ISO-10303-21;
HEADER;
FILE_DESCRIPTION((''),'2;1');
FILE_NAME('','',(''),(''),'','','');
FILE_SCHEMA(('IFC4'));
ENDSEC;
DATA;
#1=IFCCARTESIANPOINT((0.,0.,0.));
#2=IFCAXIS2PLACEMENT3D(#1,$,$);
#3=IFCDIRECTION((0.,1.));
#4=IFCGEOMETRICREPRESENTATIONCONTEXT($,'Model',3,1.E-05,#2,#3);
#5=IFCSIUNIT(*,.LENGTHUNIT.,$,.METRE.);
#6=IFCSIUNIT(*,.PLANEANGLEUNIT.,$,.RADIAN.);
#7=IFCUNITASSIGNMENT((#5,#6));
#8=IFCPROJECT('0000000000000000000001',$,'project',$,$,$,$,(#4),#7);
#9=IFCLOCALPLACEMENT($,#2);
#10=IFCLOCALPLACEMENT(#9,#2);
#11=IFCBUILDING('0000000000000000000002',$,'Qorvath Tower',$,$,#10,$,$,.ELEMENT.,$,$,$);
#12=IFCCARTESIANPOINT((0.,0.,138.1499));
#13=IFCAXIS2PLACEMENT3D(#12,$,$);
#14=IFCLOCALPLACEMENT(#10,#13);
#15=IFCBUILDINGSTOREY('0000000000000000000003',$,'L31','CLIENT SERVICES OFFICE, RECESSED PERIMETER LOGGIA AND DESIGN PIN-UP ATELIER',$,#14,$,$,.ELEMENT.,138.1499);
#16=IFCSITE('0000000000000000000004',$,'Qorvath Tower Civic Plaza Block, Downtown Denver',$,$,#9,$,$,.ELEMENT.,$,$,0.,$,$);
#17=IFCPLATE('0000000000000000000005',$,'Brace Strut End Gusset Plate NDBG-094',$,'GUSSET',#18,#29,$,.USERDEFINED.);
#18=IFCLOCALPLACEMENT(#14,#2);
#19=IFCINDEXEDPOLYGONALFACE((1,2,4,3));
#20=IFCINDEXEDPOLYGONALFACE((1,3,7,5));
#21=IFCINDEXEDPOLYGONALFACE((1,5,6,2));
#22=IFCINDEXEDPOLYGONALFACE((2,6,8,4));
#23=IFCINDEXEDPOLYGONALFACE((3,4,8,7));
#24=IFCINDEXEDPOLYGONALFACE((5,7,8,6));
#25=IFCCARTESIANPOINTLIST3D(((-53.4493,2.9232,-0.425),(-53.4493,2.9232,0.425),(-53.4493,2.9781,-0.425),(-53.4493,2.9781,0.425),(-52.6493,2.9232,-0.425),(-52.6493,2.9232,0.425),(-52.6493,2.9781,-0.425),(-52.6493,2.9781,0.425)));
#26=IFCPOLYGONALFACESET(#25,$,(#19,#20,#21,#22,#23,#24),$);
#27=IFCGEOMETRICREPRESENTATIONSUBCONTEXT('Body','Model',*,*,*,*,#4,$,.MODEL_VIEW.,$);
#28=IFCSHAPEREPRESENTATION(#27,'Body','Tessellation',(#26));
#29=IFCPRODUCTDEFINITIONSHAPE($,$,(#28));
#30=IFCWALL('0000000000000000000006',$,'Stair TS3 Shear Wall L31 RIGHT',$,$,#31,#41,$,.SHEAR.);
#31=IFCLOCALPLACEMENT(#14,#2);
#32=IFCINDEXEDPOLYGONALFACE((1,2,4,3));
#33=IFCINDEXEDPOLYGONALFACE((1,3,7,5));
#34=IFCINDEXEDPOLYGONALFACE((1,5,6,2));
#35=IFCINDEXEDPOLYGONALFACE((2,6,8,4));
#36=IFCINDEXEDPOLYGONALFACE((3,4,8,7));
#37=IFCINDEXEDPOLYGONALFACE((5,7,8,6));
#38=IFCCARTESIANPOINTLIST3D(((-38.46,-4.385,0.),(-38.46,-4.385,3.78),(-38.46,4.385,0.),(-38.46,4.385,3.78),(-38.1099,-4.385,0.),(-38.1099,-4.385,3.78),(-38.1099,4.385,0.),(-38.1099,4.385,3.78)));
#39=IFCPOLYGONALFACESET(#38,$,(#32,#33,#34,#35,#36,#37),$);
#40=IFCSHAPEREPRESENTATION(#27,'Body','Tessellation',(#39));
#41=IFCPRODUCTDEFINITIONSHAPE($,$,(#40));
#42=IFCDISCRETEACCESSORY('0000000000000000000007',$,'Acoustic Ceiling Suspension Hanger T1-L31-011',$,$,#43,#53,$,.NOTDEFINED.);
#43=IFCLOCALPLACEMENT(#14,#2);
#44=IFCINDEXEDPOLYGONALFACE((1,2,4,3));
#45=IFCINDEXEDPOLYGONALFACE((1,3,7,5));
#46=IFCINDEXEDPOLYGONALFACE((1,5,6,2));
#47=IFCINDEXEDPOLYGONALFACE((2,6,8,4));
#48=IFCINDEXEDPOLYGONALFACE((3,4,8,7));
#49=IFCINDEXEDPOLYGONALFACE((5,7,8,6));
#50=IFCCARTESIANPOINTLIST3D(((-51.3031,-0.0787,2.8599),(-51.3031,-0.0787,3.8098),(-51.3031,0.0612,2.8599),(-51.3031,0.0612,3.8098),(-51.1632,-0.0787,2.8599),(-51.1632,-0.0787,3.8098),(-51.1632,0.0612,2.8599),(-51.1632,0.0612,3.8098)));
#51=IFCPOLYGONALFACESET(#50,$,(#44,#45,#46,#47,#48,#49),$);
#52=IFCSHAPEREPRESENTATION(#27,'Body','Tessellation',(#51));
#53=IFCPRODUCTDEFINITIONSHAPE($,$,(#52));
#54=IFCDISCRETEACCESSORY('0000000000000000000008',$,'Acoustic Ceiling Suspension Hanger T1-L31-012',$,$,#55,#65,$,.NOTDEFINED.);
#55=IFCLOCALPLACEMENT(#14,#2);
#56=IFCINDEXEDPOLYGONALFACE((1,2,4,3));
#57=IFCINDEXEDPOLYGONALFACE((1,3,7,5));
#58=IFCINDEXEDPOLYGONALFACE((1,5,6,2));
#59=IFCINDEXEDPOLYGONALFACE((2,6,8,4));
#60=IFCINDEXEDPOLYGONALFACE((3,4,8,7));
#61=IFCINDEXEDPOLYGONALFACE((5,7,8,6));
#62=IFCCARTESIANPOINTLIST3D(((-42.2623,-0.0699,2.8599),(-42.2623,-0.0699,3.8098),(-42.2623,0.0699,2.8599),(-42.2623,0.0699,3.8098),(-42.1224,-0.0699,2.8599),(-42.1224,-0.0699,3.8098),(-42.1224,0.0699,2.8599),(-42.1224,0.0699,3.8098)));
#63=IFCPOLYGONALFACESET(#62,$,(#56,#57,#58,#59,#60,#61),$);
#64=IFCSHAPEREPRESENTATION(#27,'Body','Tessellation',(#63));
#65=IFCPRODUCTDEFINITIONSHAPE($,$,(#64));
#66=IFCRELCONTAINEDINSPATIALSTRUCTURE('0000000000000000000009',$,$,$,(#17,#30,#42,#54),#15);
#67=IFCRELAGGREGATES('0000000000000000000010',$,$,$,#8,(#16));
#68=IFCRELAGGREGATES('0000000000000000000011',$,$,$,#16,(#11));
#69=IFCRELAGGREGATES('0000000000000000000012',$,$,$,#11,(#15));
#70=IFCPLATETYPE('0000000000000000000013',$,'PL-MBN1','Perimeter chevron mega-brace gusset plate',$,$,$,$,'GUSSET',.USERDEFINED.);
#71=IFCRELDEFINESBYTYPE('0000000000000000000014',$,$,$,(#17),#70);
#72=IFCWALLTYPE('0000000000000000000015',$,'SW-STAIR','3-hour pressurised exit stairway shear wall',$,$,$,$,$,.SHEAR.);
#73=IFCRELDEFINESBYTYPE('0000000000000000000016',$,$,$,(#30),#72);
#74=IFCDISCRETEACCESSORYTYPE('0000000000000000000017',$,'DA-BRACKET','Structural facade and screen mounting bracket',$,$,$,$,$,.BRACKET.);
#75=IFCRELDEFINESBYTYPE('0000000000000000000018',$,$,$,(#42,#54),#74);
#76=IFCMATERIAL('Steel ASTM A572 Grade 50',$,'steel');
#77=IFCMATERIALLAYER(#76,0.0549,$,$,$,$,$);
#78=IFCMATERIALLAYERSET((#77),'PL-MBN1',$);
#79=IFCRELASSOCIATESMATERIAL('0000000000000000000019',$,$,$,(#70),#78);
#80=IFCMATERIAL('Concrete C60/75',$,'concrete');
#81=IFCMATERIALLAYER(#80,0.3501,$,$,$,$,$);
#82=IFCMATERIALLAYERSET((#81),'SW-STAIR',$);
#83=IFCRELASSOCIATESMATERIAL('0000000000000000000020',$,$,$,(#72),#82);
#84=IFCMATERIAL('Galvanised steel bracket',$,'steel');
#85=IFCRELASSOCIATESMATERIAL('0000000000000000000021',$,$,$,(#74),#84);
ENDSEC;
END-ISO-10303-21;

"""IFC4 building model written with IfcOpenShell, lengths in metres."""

from ifc_helpers import new_model, si_unit, direction, frame, frame_2d, origin, origin_2d, place, context, subcontext, project, spatial, rectangle, extrude, material, layer, layer_set, type_object, element, save


model = new_model("IFC4")

# Units and contexts
model_context = context("Model", 3, precision=1e-05, world=origin(), true_north=direction((0.0, 1.0)))
body_context = subcontext(model_context, "Body", "Model", "MODEL_VIEW")
ifc_project = project(units=[si_unit("LENGTHUNIT", "METRE"), si_unit("PLANEANGLEUNIT", "RADIAN")], contexts=[model_context])

# Site, building, storey
site_placement = place(None, origin())
site = spatial("IfcSite", under=ifc_project, at=site_placement, Name="Qorvath Tower Civic Plaza Block, Downtown Denver", CompositionType="ELEMENT", RefElevation=0.0)
building_placement = place(site_placement, origin())
building = spatial("IfcBuilding", under=site, at=building_placement, Name="Qorvath Tower", CompositionType="ELEMENT")
storey_placement = place(building_placement, frame((0.0, 0.0, 138.1499)))
storey = spatial("IfcBuildingStorey", under=building, at=storey_placement, Name="L31", Description="CLIENT SERVICES OFFICE, RECESSED PERIMETER LOGGIA AND DESIGN PIN-UP ATELIER", CompositionType="ELEMENT", Elevation=138.1499)

# Plate
ifc_material_1 = material(Name="Steel ASTM A572 Grade 50", Category="steel")
ifc_layer_1 = layer(ifc_material_1, 0.0549)
ifc_layer_set_1 = layer_set([ifc_layer_1], Name="PL-MBN1")
plate_type_1 = type_object("IfcPlateType", Name="PL-MBN1", Description="Perimeter chevron mega-brace gusset plate", ElementType="GUSSET", PredefinedType="USERDEFINED", material=ifc_layer_set_1)
plate_1_placement = place(storey_placement, frame((-53.0493, 2.9507, -0.425), z_axis=(0.0, 0.0, 1.0), x_axis=(1.0, 0.0, 0.0)))
element("IfcPlate", 1, at=plate_1_placement, inside=storey, type_object=plate_type_1, Name="Brace Strut End Gusset Plate NDBG-094", ObjectType="GUSSET", PredefinedType="USERDEFINED", context=body_context, shape_type="SweptSolid", body=[
    extrude(rectangle(XDim=0.8, YDim=0.0549, at=origin_2d()), origin(), (0.0, 0.0, 1.0), 0.8501),
])

# Wall
ifc_material_2 = material(Name="Concrete C60/75", Category="concrete")
ifc_layer_2 = layer(ifc_material_2, 0.3501)
ifc_layer_set_2 = layer_set([ifc_layer_2], Name="SW-STAIR")
wall_type = type_object("IfcWallType", Name="SW-STAIR", Description="3-hour pressurised exit stairway shear wall", PredefinedType="SHEAR", material=ifc_layer_set_2)
wall_placement = place(storey_placement, frame((-38.2849, 4.385, 0.0), z_axis=(0.0, 0.0, 1.0), x_axis=(0.0, -1.0, 0.0)))
element("IfcWall", 2, at=wall_placement, inside=storey, type_object=wall_type, Name="Stair TS3 Shear Wall L31 RIGHT", PredefinedType="SHEAR", context=body_context, shape_type="SweptSolid", body=[
    extrude(rectangle(XDim=8.77, YDim=0.3501, at=frame_2d((4.385, 0.0))), origin(), (0.0, 0.0, 1.0), 3.78),
])

# Discrete accessories
ifc_material_3 = material(Name="Galvanised steel bracket", Category="steel")
discrete_accessory_type = type_object("IfcDiscreteAccessoryType", Name="DA-BRACKET", Description="Structural facade and screen mounting bracket", PredefinedType="BRACKET", material=ifc_material_3)
for number, where, z_axis, x_axis, name in (
    (3, (-51.2332, -0.0088, 2.8599), (0.0, 0.0, 1.0), (1.0, 0.0, 0.0), "Acoustic Ceiling Suspension Hanger T1-L31-011"),
    (4, (-42.1924, 0.0, 2.8599), (0.0, 0.0, 1.0), (1.0, 0.0, 0.0), "Acoustic Ceiling Suspension Hanger T1-L31-012"),
):
    element("IfcDiscreteAccessory", number, at=place(storey_placement, frame(where, z_axis=z_axis, x_axis=x_axis)), inside=storey, type_object=discrete_accessory_type, Name=name, PredefinedType="NOTDEFINED", context=body_context, shape_type="SweptSolid", body=[
        extrude(rectangle(XDim=0.1399, YDim=0.1399, at=origin_2d()), origin(), (0.0, 0.0, 1.0), 0.95),
    ])

save(model, "model.ifc")
